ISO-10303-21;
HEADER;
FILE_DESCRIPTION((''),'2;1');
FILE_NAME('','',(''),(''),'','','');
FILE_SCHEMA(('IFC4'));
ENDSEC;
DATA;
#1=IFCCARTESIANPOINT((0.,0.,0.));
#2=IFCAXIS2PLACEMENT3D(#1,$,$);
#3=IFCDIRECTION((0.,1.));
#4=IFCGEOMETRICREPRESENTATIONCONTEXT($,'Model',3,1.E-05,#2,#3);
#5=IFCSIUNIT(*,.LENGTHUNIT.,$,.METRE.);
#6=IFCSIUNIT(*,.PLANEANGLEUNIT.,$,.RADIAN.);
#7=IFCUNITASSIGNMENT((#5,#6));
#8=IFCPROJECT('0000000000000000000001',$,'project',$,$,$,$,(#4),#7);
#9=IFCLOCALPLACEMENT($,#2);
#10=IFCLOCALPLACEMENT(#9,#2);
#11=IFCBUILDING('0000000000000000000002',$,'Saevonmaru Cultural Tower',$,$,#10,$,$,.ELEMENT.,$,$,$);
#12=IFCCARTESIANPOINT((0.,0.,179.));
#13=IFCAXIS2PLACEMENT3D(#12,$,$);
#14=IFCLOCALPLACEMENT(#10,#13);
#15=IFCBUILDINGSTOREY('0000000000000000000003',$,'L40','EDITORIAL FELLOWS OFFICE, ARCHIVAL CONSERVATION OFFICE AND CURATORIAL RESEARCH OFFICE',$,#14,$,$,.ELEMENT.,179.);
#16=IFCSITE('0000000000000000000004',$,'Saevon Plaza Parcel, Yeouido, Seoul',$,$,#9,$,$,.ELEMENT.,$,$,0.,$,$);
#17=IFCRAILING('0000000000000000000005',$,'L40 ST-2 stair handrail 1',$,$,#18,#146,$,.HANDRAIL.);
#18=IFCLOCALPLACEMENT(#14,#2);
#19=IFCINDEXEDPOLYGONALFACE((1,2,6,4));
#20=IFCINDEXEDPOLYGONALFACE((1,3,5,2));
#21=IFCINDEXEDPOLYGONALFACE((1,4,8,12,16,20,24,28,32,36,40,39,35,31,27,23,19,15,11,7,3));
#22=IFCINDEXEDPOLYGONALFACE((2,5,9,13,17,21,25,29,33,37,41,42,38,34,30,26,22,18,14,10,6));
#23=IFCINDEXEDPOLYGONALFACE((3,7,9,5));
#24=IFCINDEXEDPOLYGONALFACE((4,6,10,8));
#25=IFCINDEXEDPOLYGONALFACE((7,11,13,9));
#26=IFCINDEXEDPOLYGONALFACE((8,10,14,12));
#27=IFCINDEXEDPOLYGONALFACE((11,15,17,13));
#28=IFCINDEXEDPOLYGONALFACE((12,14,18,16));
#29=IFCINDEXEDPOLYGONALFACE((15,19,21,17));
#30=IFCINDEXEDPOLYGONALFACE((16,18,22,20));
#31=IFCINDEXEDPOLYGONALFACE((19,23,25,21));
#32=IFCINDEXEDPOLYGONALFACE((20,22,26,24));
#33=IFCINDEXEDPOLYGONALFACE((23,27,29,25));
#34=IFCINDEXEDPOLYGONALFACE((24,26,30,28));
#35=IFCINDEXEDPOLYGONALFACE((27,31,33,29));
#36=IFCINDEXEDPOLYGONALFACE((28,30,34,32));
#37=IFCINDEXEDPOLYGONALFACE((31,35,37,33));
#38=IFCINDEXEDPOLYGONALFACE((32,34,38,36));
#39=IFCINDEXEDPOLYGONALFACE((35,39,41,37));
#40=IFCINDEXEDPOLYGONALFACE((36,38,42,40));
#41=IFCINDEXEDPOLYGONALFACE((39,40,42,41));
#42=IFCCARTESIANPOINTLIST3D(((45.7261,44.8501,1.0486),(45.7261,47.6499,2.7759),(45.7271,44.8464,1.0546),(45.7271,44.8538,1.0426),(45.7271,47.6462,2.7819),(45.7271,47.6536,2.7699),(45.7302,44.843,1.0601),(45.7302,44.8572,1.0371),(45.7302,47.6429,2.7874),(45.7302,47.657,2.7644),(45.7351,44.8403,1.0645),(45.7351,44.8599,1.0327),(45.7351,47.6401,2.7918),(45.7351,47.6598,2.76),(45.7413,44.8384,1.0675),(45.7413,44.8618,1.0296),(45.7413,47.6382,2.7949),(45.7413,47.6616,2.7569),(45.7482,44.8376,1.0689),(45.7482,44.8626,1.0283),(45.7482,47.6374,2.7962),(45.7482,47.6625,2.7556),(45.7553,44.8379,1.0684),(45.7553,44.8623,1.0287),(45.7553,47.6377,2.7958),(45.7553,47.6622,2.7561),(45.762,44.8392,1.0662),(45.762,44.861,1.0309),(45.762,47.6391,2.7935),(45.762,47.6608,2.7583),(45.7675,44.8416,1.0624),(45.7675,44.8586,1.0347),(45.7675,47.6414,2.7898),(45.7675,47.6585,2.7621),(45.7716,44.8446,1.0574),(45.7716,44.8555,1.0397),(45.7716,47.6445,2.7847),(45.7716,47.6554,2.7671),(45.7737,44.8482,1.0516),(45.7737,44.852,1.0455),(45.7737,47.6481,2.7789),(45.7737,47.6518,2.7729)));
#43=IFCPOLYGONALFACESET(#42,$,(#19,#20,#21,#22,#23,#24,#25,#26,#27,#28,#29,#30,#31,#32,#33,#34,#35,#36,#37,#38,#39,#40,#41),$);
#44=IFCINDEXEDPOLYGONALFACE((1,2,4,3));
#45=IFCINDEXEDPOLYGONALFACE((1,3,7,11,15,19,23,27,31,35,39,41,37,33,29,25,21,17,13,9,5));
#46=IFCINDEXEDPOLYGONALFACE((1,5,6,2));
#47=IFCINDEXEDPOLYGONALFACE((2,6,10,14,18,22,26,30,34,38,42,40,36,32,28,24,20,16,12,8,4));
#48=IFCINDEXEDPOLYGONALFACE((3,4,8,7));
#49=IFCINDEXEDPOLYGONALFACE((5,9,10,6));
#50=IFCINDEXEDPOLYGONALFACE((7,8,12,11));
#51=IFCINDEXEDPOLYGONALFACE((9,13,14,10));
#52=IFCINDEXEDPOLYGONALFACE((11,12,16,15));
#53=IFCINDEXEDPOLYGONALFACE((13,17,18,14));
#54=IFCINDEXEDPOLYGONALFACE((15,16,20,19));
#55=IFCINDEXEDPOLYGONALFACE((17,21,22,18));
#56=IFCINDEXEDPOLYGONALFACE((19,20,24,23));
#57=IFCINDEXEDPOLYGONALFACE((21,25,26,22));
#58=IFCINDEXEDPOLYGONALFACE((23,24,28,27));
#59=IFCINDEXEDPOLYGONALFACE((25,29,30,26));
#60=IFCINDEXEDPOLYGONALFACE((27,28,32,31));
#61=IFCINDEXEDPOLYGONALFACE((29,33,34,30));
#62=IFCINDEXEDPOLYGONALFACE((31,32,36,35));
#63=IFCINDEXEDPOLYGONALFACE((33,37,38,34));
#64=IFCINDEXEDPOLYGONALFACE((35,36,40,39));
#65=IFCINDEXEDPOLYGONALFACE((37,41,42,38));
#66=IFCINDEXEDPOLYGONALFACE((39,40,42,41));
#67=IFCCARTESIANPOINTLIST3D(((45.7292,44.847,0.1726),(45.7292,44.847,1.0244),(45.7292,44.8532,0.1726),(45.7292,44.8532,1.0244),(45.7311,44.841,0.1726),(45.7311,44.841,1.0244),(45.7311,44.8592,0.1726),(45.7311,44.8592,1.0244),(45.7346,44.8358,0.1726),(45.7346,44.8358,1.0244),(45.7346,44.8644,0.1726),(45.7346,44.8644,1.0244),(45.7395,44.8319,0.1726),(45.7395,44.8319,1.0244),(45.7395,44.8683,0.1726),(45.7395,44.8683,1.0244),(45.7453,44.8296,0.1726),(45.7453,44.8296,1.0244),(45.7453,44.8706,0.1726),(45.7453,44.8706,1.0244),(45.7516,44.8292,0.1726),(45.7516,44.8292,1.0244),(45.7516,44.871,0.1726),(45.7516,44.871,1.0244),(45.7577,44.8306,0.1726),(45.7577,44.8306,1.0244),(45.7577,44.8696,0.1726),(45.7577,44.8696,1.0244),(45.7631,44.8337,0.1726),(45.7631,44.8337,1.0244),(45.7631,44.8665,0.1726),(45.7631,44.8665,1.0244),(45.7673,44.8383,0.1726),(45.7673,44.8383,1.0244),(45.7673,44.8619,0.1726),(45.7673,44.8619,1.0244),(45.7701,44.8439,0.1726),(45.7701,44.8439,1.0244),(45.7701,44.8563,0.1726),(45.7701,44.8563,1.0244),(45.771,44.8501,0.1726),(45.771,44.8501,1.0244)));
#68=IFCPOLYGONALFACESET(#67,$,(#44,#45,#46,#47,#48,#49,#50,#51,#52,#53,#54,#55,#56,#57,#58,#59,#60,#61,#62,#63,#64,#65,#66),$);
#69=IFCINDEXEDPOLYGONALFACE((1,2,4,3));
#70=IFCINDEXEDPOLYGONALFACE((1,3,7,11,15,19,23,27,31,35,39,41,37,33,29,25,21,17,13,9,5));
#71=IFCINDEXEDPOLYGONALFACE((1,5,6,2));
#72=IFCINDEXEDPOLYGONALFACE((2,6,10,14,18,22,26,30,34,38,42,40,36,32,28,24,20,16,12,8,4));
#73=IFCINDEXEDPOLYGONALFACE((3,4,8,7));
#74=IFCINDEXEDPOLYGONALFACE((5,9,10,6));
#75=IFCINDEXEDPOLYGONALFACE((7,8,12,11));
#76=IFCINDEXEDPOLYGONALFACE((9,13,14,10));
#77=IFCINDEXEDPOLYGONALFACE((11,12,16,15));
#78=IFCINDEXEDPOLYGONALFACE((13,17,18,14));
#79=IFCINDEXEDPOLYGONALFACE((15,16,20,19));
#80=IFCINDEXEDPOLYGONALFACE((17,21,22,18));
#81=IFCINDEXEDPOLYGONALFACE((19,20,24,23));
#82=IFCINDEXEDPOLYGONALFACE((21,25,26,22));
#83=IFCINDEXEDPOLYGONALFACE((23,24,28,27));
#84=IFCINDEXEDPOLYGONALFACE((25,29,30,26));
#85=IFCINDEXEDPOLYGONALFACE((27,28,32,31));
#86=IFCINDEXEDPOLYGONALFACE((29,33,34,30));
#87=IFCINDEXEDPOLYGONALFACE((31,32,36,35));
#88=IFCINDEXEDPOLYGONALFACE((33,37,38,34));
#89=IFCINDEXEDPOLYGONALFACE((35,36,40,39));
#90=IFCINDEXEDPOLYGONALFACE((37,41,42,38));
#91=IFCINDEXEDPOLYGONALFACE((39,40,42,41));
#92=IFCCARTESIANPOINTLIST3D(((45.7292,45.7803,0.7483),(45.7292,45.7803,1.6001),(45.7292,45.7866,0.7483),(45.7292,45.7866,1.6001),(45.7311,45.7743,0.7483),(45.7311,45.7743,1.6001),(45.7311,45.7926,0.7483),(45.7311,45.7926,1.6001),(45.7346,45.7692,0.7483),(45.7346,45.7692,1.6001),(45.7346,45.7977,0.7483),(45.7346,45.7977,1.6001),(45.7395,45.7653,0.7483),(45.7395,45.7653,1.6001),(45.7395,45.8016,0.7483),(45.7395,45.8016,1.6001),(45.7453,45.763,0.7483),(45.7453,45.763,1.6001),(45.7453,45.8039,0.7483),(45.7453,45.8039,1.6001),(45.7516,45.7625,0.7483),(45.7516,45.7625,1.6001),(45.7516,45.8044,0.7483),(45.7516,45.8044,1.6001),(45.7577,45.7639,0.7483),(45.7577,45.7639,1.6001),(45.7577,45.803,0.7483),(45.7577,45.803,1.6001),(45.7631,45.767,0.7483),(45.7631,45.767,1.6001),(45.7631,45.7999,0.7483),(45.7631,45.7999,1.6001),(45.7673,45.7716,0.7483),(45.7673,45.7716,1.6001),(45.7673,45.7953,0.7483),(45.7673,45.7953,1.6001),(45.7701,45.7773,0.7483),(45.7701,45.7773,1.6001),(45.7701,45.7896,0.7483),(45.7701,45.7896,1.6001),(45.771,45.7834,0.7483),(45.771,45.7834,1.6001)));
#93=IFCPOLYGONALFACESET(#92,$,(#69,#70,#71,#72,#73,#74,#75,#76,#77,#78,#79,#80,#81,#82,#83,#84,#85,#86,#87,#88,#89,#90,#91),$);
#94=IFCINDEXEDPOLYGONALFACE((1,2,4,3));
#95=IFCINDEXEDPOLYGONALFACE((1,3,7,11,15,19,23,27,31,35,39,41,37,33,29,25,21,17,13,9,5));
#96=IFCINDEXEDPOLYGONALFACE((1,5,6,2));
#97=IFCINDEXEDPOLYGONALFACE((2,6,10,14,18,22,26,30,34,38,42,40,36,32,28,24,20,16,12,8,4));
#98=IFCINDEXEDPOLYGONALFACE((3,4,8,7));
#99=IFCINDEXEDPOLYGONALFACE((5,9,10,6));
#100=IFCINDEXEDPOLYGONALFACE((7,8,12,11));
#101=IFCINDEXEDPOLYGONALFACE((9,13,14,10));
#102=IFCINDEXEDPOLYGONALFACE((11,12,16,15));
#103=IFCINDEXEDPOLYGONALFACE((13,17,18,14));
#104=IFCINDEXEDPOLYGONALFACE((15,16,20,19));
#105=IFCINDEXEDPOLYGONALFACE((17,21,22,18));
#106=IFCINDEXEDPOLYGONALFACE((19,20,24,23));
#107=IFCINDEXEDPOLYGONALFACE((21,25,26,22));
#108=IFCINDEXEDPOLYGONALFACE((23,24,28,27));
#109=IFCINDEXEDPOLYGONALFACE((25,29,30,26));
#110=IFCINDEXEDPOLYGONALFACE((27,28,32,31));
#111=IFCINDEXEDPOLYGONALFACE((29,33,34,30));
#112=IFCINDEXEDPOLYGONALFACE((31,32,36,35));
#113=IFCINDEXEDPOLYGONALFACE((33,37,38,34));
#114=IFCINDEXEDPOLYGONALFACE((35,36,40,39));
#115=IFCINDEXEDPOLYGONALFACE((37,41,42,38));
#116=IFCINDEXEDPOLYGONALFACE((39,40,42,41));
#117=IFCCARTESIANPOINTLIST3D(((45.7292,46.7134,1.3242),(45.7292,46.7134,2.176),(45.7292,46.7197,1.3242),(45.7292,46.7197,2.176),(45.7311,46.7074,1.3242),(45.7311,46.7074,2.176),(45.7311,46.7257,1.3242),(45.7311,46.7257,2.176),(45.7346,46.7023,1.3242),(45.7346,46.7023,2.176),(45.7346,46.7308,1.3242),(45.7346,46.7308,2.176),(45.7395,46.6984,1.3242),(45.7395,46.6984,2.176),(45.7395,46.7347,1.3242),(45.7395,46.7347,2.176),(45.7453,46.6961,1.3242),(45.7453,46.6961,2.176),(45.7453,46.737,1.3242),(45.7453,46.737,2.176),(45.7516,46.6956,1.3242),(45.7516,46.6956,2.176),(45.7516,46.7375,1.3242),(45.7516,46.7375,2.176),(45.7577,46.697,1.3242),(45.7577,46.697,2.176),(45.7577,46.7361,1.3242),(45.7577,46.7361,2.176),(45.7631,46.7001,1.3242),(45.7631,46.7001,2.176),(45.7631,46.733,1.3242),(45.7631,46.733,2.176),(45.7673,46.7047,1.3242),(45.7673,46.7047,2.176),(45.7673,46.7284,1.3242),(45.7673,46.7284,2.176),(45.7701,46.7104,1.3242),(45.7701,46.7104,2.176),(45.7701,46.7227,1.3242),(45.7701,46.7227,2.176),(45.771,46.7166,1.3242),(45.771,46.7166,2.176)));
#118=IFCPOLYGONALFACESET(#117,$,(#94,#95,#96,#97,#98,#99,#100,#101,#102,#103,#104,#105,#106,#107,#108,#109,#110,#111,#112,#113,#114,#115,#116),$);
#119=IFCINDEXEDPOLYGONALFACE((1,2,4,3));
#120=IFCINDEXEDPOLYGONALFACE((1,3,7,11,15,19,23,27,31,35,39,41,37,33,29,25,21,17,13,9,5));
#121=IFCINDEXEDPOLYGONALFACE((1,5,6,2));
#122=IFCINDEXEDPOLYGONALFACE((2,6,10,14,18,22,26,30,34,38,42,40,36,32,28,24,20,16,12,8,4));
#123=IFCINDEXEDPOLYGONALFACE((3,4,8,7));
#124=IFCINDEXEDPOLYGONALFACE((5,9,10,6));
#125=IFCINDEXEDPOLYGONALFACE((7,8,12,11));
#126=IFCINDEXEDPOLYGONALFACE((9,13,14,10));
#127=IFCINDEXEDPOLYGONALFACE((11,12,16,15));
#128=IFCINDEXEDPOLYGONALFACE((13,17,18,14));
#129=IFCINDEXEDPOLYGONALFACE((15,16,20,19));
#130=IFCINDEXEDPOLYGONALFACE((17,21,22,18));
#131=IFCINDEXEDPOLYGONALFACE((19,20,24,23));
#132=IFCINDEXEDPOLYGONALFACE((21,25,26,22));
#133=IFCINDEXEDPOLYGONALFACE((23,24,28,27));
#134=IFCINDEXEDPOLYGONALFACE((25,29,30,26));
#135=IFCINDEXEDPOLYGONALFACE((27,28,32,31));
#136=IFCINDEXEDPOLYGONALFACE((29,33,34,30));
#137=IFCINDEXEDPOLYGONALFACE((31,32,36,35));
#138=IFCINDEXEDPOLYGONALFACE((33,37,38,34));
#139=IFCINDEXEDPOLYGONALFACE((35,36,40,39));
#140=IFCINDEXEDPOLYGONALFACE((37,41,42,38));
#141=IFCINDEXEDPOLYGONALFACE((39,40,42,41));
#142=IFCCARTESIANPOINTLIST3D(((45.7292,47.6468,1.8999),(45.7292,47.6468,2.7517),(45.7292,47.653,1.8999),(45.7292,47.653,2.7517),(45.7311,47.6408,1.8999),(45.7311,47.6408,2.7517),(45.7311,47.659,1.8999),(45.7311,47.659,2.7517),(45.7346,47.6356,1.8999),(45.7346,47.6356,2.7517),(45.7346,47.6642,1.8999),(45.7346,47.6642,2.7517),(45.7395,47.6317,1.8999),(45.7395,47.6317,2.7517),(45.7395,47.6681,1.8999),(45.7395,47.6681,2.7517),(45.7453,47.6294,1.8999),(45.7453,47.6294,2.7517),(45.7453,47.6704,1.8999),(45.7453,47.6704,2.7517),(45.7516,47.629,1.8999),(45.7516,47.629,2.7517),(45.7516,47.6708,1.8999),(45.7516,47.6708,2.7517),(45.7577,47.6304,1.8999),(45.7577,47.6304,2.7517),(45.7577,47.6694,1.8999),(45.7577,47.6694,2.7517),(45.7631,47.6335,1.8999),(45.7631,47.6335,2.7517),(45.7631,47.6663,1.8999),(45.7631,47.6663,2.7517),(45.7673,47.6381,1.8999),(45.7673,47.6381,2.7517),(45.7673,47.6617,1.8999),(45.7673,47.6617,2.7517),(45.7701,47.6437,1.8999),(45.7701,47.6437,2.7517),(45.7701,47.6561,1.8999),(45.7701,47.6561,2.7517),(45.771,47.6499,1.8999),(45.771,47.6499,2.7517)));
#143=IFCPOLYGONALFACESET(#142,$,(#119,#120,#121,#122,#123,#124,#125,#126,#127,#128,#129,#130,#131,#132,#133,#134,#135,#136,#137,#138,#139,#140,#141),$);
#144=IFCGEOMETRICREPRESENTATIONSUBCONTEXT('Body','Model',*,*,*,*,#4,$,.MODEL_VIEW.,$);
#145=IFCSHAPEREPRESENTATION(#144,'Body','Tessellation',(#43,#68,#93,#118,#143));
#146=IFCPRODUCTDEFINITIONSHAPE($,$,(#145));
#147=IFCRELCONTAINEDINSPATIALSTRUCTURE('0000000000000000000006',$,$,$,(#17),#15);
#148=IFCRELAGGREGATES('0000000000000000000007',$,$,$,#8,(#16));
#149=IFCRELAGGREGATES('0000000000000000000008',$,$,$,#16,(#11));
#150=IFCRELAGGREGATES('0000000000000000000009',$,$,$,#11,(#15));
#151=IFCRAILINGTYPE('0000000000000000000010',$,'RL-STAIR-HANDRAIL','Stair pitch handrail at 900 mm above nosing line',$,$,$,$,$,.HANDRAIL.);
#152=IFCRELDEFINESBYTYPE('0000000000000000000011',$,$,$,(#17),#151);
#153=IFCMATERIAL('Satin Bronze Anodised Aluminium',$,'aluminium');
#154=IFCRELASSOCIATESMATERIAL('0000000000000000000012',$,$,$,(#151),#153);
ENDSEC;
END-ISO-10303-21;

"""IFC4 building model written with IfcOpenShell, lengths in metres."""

from ifc_helpers import new_model, si_unit, direction, frame, origin, origin_2d, place, context, subcontext, project, spatial, circle, extrude, material, type_object, element, save


model = new_model("IFC4")

# Units and contexts
model_context = context("Model", 3, precision=1e-05, world=origin(), true_north=direction((0.0, 1.0)))
body_context = subcontext(model_context, "Body", "Model", "MODEL_VIEW")
ifc_project = project(units=[si_unit("LENGTHUNIT", "METRE"), si_unit("PLANEANGLEUNIT", "RADIAN")], contexts=[model_context])

# Site, building, storey
site_placement = place(None, origin())
site = spatial("IfcSite", under=ifc_project, at=site_placement, Name="Saevon Plaza Parcel, Yeouido, Seoul", CompositionType="ELEMENT", RefElevation=0.0)
building_placement = place(site_placement, origin())
building = spatial("IfcBuilding", under=site, at=building_placement, Name="Saevonmaru Cultural Tower", CompositionType="ELEMENT")
storey_placement = place(building_placement, frame((0.0, 0.0, 179.0)))
storey = spatial("IfcBuildingStorey", under=building, at=storey_placement, Name="L40", Description="EDITORIAL FELLOWS OFFICE, ARCHIVAL CONSERVATION OFFICE AND CURATORIAL RESEARCH OFFICE", CompositionType="ELEMENT", Elevation=179.0)

# Shared definitions
ifc_material_1 = material(Name="Satin Bronze Anodised Aluminium", Category="aluminium")

# Railing
railing_type_1 = type_object("IfcRailingType", Name="RL-STAIR-HANDRAIL", Description="Stair pitch handrail at 900 mm above nosing line", PredefinedType="HANDRAIL", material=ifc_material_1)
railing_1_placement = place(storey_placement, frame((45.75, 44.8501, 0.1726)))
element("IfcRailing", 1, at=railing_1_placement, inside=storey, type_object=railing_type_1, Name="L40 ST-2 stair handrail 1", PredefinedType="HANDRAIL", context=body_context, shape_type="SweptSolid", body=[
    extrude(circle(Radius=0.0239, at=origin_2d()), frame((0.0, 0.0, 0.876), z_axis=(0.0, 0.851069, 0.525054), x_axis=(-1.0, 0.0, 0.0)), (0.0, 0.0, 1.0), 3.2898),
    extrude(circle(Radius=0.021, at=origin_2d()), origin(), (0.0, 0.0, 1.0), 0.8518),
    extrude(circle(Radius=0.021, at=origin_2d()), frame((0.0, 0.9333, 0.5757)), (0.0, 0.0, 1.0), 0.8518),
    extrude(circle(Radius=0.021, at=origin_2d()), frame((0.0, 1.8665, 1.1516)), (0.0, 0.0, 1.0), 0.8518),
    extrude(circle(Radius=0.021, at=origin_2d()), frame((0.0, 2.7998, 1.7273)), (0.0, 0.0, 1.0), 0.8518),
])

save(model, "model.ifc")
